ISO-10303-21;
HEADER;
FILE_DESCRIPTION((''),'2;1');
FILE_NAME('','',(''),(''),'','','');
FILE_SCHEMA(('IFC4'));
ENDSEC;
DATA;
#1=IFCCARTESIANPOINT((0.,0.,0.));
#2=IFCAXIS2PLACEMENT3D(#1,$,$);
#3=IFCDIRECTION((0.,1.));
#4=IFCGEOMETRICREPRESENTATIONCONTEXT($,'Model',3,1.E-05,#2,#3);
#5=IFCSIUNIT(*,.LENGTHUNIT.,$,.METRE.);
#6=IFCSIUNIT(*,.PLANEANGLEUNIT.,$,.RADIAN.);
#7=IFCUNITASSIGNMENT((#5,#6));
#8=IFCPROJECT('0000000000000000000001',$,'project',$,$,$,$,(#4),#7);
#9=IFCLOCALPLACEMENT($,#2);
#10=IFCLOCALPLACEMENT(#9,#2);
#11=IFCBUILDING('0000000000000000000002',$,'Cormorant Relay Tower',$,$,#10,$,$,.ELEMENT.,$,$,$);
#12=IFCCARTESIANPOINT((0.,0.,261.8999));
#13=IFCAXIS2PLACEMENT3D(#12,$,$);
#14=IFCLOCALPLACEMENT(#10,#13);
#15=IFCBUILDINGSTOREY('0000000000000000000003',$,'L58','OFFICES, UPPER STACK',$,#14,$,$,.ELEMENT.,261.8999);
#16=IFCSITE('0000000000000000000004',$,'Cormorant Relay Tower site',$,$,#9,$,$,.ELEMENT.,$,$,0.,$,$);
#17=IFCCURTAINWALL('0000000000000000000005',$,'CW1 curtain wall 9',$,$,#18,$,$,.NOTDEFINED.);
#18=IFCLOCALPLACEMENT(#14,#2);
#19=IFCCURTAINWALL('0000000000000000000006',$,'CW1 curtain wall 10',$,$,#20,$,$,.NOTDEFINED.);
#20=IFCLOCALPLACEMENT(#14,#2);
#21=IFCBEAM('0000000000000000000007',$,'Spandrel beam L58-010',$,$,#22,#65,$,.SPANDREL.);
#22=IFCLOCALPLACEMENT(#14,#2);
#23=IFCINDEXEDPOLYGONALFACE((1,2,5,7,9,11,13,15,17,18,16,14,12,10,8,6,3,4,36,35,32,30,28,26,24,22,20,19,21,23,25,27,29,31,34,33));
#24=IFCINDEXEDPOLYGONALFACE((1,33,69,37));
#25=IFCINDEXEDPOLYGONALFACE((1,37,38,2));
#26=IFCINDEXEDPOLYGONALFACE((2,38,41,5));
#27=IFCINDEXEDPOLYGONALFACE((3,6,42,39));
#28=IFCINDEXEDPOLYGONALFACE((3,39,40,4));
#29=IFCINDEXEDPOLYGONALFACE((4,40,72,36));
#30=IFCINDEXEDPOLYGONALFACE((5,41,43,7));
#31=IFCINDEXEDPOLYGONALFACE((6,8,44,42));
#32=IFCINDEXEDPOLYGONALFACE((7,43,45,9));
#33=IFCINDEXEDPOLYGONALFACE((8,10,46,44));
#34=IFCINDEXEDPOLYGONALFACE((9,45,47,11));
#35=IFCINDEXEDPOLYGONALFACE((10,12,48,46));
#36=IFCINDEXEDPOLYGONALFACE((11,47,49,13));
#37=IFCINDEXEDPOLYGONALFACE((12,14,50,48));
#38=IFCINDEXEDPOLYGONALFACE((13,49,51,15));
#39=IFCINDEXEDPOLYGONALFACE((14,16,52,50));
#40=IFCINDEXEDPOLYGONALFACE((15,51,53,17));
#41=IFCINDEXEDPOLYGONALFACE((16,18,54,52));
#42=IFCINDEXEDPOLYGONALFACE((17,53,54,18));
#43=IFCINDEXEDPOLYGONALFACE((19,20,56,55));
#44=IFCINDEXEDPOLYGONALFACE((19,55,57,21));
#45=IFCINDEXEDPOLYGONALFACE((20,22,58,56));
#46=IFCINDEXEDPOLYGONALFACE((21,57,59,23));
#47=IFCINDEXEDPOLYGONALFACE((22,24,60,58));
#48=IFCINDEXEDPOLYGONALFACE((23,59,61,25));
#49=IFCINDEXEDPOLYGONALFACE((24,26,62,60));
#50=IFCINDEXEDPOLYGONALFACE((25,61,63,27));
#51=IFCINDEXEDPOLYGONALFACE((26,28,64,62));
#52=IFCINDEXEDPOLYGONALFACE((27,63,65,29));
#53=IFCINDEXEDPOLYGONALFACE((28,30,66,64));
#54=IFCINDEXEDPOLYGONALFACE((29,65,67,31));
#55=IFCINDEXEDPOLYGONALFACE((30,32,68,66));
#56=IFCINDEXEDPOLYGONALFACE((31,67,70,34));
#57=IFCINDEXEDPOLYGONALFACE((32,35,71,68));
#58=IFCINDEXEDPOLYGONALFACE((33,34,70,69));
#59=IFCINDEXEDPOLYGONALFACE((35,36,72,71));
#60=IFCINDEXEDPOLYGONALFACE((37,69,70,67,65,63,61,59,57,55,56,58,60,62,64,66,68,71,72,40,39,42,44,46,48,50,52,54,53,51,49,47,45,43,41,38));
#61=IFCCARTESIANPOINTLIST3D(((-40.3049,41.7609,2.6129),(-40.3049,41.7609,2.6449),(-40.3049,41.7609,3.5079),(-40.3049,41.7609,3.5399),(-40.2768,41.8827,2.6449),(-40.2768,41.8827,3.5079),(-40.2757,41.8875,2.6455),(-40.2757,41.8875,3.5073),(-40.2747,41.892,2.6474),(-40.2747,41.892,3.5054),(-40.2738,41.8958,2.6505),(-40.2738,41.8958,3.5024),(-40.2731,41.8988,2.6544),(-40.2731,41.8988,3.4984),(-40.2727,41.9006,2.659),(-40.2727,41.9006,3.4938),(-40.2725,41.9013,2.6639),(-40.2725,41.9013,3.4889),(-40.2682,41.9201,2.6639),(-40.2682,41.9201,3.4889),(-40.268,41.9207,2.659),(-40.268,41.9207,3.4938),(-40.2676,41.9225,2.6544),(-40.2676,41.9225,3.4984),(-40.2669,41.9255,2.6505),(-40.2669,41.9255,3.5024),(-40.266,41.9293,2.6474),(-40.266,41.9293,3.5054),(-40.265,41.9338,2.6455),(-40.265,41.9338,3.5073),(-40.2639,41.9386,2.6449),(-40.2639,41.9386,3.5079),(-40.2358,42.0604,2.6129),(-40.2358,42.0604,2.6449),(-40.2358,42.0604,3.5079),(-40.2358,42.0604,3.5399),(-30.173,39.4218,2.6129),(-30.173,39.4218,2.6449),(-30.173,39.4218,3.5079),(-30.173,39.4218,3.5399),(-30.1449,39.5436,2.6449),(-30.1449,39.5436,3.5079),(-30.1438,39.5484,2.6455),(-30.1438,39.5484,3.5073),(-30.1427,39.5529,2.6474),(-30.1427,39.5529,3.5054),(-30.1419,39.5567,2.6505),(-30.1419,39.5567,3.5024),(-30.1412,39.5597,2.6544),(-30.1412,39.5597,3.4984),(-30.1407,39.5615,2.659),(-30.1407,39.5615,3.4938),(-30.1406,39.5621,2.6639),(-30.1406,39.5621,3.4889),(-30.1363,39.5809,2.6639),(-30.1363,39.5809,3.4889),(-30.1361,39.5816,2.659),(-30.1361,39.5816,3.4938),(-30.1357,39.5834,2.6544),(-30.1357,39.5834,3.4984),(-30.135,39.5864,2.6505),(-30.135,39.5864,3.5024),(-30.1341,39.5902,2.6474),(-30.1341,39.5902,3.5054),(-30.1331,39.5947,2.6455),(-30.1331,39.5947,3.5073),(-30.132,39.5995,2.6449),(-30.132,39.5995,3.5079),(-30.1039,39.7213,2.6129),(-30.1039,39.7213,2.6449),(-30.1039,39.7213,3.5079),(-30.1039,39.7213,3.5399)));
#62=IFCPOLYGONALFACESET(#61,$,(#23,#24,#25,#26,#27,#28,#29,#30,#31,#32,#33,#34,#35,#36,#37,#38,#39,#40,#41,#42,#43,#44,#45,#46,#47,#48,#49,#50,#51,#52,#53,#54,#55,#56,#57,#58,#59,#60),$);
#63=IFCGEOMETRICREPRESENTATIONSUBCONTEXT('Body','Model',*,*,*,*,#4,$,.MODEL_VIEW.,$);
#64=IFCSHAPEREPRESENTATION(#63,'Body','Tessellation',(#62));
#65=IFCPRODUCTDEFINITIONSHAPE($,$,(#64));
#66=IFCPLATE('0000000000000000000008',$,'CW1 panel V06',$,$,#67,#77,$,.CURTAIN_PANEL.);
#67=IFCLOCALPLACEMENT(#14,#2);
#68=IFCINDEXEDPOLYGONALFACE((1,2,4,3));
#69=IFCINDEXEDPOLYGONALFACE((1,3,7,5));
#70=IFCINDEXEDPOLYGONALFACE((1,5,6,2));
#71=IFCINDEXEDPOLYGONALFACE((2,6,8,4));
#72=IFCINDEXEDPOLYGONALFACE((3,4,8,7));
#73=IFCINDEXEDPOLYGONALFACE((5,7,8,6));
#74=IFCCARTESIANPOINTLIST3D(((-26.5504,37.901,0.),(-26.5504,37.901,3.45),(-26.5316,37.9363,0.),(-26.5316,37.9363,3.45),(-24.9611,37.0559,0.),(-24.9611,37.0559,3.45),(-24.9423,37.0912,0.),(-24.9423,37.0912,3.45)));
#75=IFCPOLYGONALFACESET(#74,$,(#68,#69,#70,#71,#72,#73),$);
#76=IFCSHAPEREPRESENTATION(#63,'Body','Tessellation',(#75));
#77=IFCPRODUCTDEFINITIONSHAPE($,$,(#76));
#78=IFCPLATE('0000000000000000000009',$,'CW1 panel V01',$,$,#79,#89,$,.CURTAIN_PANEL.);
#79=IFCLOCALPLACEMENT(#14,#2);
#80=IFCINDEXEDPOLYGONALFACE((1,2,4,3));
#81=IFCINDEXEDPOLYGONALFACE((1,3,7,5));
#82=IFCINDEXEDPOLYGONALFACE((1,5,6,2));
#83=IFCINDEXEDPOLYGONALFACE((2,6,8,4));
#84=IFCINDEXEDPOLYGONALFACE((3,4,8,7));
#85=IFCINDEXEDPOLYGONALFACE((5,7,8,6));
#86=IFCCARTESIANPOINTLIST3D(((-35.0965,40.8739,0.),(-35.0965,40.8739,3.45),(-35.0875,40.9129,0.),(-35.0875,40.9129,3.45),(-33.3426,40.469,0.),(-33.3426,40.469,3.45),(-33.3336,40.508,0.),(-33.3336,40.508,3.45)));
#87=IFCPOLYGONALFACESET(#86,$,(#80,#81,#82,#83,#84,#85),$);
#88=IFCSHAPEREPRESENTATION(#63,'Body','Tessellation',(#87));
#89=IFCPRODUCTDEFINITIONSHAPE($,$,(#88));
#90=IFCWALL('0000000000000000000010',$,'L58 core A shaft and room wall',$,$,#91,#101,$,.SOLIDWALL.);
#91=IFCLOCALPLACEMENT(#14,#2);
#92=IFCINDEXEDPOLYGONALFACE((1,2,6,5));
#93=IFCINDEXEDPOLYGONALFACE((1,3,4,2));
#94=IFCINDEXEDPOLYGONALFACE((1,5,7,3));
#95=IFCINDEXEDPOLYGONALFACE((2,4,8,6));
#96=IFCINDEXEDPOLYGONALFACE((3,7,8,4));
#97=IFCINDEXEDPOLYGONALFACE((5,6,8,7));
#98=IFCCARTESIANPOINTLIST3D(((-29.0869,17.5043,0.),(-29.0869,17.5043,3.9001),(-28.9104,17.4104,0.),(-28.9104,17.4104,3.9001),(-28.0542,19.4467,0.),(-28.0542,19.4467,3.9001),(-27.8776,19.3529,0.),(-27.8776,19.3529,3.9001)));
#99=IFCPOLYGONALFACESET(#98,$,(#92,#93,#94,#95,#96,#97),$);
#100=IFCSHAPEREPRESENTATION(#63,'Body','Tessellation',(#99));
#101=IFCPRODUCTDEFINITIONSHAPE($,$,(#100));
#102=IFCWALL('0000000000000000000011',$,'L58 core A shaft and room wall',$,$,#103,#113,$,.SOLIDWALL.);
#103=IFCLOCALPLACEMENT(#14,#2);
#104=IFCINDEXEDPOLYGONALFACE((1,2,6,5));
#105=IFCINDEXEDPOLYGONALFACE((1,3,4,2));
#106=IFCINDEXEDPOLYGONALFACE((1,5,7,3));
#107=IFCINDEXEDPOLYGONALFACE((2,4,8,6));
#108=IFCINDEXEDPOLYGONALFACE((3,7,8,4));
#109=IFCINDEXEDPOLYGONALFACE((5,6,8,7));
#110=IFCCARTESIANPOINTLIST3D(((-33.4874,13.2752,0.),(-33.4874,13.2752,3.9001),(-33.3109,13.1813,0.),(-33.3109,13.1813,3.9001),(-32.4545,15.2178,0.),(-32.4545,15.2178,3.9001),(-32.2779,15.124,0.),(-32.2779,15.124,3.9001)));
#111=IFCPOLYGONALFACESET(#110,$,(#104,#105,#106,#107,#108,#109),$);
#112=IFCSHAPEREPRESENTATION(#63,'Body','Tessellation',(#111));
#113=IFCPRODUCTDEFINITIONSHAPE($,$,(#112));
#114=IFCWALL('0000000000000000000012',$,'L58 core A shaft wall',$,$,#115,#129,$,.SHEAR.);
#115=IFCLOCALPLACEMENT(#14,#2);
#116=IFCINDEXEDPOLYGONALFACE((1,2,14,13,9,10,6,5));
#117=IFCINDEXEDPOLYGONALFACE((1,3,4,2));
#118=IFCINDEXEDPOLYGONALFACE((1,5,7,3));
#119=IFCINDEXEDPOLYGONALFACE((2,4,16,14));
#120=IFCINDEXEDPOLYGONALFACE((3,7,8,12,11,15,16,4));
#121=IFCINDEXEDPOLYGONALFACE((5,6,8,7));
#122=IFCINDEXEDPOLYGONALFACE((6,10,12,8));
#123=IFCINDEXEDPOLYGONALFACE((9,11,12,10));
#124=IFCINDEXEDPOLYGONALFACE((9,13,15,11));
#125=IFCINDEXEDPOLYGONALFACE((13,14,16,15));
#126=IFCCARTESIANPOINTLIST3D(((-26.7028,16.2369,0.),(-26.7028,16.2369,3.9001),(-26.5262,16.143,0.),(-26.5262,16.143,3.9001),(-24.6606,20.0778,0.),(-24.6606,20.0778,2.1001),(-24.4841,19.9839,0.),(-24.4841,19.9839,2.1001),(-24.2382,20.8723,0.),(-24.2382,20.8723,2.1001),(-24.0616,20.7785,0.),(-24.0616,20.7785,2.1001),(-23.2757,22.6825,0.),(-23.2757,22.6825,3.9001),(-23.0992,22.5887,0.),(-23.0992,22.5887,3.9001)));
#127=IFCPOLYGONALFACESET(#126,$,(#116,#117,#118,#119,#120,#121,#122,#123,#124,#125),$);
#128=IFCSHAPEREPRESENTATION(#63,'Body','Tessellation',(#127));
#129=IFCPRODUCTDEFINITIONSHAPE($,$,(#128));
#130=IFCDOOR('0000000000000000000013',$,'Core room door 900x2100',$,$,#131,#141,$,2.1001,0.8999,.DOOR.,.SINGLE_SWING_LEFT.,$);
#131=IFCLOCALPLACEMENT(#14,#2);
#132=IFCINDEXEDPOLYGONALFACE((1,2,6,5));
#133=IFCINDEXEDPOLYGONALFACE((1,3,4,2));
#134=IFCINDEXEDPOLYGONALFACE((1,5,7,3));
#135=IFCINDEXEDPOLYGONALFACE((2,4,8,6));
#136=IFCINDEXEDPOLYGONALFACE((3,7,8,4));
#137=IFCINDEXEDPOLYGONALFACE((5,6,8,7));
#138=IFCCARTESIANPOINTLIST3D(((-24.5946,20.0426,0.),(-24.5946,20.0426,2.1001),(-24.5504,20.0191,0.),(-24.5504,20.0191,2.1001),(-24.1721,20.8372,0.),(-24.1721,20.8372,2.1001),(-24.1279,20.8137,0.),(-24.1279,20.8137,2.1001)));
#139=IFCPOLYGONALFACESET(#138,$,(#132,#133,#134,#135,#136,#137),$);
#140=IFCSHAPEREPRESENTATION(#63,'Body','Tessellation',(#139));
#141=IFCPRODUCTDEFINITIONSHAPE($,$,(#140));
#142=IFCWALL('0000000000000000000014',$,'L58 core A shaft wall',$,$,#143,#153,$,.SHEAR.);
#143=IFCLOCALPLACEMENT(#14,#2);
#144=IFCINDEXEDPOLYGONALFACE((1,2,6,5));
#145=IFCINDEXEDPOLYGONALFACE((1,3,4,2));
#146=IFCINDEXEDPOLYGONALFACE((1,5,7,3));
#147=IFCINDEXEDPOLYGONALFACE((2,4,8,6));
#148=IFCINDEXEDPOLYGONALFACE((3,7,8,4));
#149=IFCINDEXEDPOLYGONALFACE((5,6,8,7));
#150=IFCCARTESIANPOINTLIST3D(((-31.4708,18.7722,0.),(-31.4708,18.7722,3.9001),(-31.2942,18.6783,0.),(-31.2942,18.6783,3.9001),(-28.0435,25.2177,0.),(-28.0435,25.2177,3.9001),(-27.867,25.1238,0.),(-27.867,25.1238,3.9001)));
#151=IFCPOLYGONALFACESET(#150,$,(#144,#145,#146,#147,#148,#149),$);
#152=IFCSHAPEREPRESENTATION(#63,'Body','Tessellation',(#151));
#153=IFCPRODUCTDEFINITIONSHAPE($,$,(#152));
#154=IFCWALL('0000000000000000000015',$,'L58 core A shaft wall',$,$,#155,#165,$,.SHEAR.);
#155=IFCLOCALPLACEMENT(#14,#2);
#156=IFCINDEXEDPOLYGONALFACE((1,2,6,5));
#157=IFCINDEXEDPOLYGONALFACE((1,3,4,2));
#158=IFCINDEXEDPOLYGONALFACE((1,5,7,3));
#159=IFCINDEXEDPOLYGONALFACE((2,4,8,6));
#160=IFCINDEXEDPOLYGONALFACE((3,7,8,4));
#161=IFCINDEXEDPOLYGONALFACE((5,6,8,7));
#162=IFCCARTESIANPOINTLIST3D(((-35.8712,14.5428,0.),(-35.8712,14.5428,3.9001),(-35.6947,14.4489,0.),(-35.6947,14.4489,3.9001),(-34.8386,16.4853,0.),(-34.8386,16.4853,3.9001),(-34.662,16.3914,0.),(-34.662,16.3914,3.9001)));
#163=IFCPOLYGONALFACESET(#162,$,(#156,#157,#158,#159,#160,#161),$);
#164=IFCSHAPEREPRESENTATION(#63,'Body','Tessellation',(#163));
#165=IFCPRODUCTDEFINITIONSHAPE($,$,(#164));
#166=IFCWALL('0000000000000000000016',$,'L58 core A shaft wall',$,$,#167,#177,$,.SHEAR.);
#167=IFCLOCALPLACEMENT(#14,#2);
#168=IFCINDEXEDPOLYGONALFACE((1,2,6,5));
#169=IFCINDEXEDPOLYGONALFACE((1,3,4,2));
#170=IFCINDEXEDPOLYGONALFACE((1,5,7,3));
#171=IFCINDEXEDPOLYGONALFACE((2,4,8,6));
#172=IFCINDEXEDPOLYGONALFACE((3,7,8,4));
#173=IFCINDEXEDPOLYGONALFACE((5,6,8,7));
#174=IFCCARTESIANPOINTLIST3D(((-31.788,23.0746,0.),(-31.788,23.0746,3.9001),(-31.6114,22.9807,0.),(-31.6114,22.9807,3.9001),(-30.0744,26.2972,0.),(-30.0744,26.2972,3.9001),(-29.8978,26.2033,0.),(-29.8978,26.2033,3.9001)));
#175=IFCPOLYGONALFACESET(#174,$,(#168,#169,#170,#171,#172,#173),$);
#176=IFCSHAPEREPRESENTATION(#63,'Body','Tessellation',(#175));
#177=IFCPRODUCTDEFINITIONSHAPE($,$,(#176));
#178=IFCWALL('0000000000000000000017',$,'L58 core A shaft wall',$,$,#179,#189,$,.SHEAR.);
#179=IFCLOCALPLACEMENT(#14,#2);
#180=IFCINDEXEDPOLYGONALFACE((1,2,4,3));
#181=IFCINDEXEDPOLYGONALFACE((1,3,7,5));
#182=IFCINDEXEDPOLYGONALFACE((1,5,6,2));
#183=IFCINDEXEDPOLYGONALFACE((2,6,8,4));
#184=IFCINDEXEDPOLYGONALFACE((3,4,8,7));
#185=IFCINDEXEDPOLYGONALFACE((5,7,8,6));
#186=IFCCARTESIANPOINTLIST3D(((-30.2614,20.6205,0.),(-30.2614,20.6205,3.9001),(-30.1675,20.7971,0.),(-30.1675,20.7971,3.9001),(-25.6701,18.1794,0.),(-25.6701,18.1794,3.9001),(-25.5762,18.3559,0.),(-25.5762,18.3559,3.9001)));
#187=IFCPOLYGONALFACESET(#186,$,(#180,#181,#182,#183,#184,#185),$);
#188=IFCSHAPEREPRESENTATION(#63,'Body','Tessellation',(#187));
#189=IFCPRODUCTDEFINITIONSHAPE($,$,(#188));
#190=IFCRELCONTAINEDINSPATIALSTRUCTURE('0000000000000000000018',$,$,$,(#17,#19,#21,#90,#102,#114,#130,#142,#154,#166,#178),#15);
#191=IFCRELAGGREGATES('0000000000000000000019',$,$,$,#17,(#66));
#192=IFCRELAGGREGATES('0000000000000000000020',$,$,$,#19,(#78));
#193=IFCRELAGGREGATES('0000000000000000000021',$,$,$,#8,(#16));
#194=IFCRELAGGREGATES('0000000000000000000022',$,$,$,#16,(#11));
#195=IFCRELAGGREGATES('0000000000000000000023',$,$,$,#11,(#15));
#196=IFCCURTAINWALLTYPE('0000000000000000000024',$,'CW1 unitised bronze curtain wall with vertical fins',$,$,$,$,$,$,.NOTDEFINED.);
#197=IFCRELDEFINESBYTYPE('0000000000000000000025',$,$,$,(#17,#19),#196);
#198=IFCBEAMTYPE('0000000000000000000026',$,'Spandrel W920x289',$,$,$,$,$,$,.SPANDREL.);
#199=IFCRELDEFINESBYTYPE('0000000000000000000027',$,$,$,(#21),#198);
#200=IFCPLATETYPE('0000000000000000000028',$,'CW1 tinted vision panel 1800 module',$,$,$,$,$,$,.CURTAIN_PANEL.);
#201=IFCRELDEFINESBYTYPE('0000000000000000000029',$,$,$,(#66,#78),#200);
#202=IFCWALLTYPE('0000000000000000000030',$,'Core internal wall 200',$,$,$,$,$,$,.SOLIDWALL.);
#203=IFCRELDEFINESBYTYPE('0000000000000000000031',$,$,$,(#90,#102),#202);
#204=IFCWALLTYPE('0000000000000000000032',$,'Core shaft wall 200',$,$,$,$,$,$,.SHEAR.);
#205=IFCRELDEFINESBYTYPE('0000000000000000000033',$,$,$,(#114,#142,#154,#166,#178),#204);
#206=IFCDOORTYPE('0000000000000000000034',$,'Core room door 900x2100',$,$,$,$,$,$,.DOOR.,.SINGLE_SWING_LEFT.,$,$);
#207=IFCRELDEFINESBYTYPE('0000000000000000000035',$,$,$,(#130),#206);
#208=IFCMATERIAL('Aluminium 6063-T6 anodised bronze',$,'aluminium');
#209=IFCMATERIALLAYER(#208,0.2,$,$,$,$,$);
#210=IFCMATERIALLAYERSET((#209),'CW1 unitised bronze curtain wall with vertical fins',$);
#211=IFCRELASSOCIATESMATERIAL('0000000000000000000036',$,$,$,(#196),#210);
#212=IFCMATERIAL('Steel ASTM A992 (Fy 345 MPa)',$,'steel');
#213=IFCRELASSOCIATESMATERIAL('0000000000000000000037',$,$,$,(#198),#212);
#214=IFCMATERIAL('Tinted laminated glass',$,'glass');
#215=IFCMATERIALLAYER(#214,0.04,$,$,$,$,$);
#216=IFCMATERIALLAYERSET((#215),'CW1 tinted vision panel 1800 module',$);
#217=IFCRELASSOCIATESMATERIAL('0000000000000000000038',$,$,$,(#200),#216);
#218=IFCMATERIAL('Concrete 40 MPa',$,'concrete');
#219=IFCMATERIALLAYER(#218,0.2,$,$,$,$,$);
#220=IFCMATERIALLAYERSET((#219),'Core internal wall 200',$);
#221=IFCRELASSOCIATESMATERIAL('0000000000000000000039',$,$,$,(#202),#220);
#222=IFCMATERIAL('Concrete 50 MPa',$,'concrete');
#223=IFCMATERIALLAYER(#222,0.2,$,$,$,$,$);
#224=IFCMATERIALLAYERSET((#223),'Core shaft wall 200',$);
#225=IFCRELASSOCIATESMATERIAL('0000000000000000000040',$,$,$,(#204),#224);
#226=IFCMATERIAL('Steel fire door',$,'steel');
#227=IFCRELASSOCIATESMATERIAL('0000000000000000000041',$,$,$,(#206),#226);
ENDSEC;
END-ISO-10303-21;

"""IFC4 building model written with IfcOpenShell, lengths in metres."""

from ifc_helpers import new_model, si_unit, direction, frame, frame_2d, origin, origin_2d, place, context, subcontext, project, spatial, rectangle, i_section, extrude, material, layer, layer_set, material_profile, profile_set, type_object, element, fill, aggregate, save


model = new_model("IFC4")

# Units and contexts
model_context = context("Model", 3, precision=1e-05, world=origin(), true_north=direction((0.0, 1.0)))
body_context = subcontext(model_context, "Body", "Model", "MODEL_VIEW")
ifc_project = project(units=[si_unit("LENGTHUNIT", "METRE"), si_unit("PLANEANGLEUNIT", "RADIAN")], contexts=[model_context])

# Site, building, storey
site_placement = place(None, origin())
site = spatial("IfcSite", under=ifc_project, at=site_placement, Name="Cormorant Relay Tower site", CompositionType="ELEMENT", RefElevation=0.0)
building_placement = place(site_placement, origin())
building = spatial("IfcBuilding", under=site, at=building_placement, Name="Cormorant Relay Tower", CompositionType="ELEMENT")
storey_placement = place(building_placement, frame((0.0, 0.0, 261.8999)))
storey = spatial("IfcBuildingStorey", under=building, at=storey_placement, Name="L58", Description="OFFICES, UPPER STACK", CompositionType="ELEMENT", Elevation=261.8999)

# Curtain wall
ifc_material_1 = material(Name="Aluminium 6063-T6 anodised bronze", Category="aluminium")
ifc_layer_1 = layer(ifc_material_1, 0.2)
ifc_layer_set_1 = layer_set([ifc_layer_1], Name="CW1 unitised bronze curtain wall with vertical fins")
curtain_wall_type = type_object("IfcCurtainWallType", Name="CW1 unitised bronze curtain wall with vertical fins", PredefinedType="NOTDEFINED", material=ifc_layer_set_1)
curtain_wall_1_placement = place(storey_placement, origin())
curtain_wall_1 = element("IfcCurtainWall", 1, at=curtain_wall_1_placement, inside=storey, type_object=curtain_wall_type, Name="CW1 curtain wall 9", PredefinedType="NOTDEFINED")

# Curtain wall
curtain_wall_2_placement = place(storey_placement, origin())
curtain_wall_2 = element("IfcCurtainWall", 2, at=curtain_wall_2_placement, inside=storey, type_object=curtain_wall_type, Name="CW1 curtain wall 10", PredefinedType="NOTDEFINED")

# Beam
ifc_material_2 = material(Name="Steel ASTM A992 (Fy 345 MPa)", Category="steel")
ifc_material_profile_1 = material_profile(ifc_material_2, i_section(OverallWidth=0.3074, OverallDepth=0.927, WebThickness=0.0193, FlangeThickness=0.032, FilletRadius=0.019, at=origin_2d()), Name="W920x289")
ifc_profile_set_1 = profile_set([ifc_material_profile_1], Name="Steel ASTM A992 (Fy 345 MPa)")
beam_type = type_object("IfcBeamType", Name="Spandrel W920x289", PredefinedType="SPANDREL", material=ifc_profile_set_1)
beam_placement = place(storey_placement, frame((-30.1384, 39.5715, 3.0764), z_axis=(-0.97437, 0.22495, 0.0), x_axis=(-0.22495, -0.97437, 0.0)))
element("IfcBeam", 3, at=beam_placement, inside=storey, type_object=beam_type, Name="Spandrel beam L58-010", PredefinedType="SPANDREL", context=body_context, shape_type="SweptSolid", body=[
    extrude(i_section(OverallWidth=0.3074, OverallDepth=0.927, WebThickness=0.0193, FlangeThickness=0.032, FilletRadius=0.019, at=origin_2d()), origin(), (0.0, 0.0, 1.0), 10.3984),
])

# Plates
ifc_material_3 = material(Name="Tinted laminated glass", Category="glass")
ifc_layer_2 = layer(ifc_material_3, 0.04)
ifc_layer_set_2 = layer_set([ifc_layer_2], Name="CW1 tinted vision panel 1800 module")
plate_type = type_object("IfcPlateType", Name="CW1 tinted vision panel 1800 module", PredefinedType="CURTAIN_PANEL", material=ifc_layer_set_2)
plate_1_placement = place(storey_placement, frame((-25.7463, 37.4961, 0.0), z_axis=(0.0, 0.0, 1.0), x_axis=(-0.882948, 0.469472, 0.0)))
plate_1 = element("IfcPlate", 4, at=plate_1_placement, type_object=plate_type, Name="CW1 panel V06", PredefinedType="CURTAIN_PANEL", context=body_context, shape_type="SweptSolid", body=[
    extrude(rectangle(XDim=1.8, YDim=0.04, at=origin_2d()), origin(), (0.0, 0.0, 1.0), 3.45),
])
plate_2_placement = place(storey_placement, frame((-34.2151, 40.6909, 0.0), z_axis=(0.0, 0.0, 1.0), x_axis=(-0.97437, 0.224951, 0.0)))
plate_2 = element("IfcPlate", 5, at=plate_2_placement, type_object=plate_type, Name="CW1 panel V01", PredefinedType="CURTAIN_PANEL", context=body_context, shape_type="SweptSolid", body=[
    extrude(rectangle(XDim=1.8, YDim=0.04, at=origin_2d()), origin(), (0.0, 0.0, 1.0), 3.45),
])

# Walls
ifc_material_4 = material(Name="Concrete 40 MPa", Category="concrete")
ifc_layer_3 = layer(ifc_material_4, 0.2)
ifc_layer_set_3 = layer_set([ifc_layer_3], Name="Core internal wall 200")
wall_type_1 = type_object("IfcWallType", Name="Core internal wall 200", PredefinedType="SOLIDWALL", material=ifc_layer_set_3)
wall_1_placement = place(storey_placement, frame((-27.9658, 19.3999, 0.0), z_axis=(0.0, 0.0, 1.0), x_axis=(-0.469447, -0.88296, 0.0)))
element("IfcWall", 6, at=wall_1_placement, inside=storey, type_object=wall_type_1, Name="L58 core A shaft and room wall", PredefinedType="SOLIDWALL", context=body_context, shape_type="SweptSolid", body=[
    extrude(rectangle(XDim=2.2, YDim=0.2, at=frame_2d((1.1001, 0.0))), origin(), (0.0, 0.0, 1.0), 3.9001),
])
wall_2_placement = place(storey_placement, frame((-32.3662, 15.1709, 0.0), z_axis=(0.0, 0.0, 1.0), x_axis=(-0.469488, -0.882939, 0.0)))
element("IfcWall", 7, at=wall_2_placement, inside=storey, type_object=wall_type_1, Name="L58 core A shaft and room wall", PredefinedType="SOLIDWALL", context=body_context, shape_type="SweptSolid", body=[
    extrude(rectangle(XDim=2.2002, YDim=0.2, at=frame_2d((1.1001, 0.0))), origin(), (0.0, 0.0, 1.0), 3.9001),
])

# Wall, opening, door
ifc_material_5 = material(Name="Concrete 50 MPa", Category="concrete")
ifc_layer_4 = layer(ifc_material_5, 0.2)
ifc_layer_set_4 = layer_set([ifc_layer_4], Name="Core shaft wall 200")
wall_type_2 = type_object("IfcWallType", Name="Core shaft wall 200", PredefinedType="SHEAR", material=ifc_layer_set_4)
wall_3_placement = place(storey_placement, frame((-23.1875, 22.6355, 0.0), z_axis=(0.0, 0.0, 1.0), x_axis=(-0.469454, -0.882957, 0.0)))
wall_3 = element("IfcWall", 8, at=wall_3_placement, inside=storey, type_object=wall_type_2, Name="L58 core A shaft wall", PredefinedType="SHEAR", context=body_context, shape_type="SweptSolid", body=[
    extrude(rectangle(XDim=7.3, YDim=0.2, at=frame_2d((3.6499, 0.0))), origin(), (0.0, 0.0, 1.0), 3.9001),
])
opening_1_placement = place(wall_3_placement, frame((2.05, 0.0, 0.0)))
opening_1 = element("IfcOpeningElement", 9, at=opening_1_placement, cuts=wall_3, PredefinedType="OPENING", context=body_context, shape_type="SweptSolid", body=[
    extrude(rectangle(XDim=0.8999, YDim=2.1001, at=frame_2d((0.45, 1.05))), frame((0.0, 0.1099, 0.0), z_axis=(0.0, -1.0, 0.0), x_axis=(1.0, 0.0, 0.0)), (0.0, 0.0, 1.0), 0.22),
])
ifc_material_6 = material(Name="Steel fire door", Category="steel")
door_type_1 = type_object("IfcDoorType", Name="Core room door 900x2100", OperationType="SINGLE_SWING_LEFT", PredefinedType="DOOR", material=ifc_material_6)
door_1_placement = place(opening_1_placement, origin())
door_1 = element("IfcDoor", 10, at=door_1_placement, inside=storey, type_object=door_type_1, Name="Core room door 900x2100", OperationType="SINGLE_SWING_LEFT", OverallHeight=2.1001, OverallWidth=0.8999, PredefinedType="DOOR", context=body_context, shape_type="SweptSolid", body=[
    extrude(rectangle(XDim=0.8999, YDim=2.1001, at=frame_2d((0.45, 1.05))), frame((0.0, 0.0249, 0.0), z_axis=(0.0, -1.0, 0.0), x_axis=(1.0, 0.0, 0.0)), (0.0, 0.0, 1.0), 0.05),
])
fill(opening_1, door_1)

# Walls
wall_4_placement = place(storey_placement, frame((-27.9553, 25.1707, 0.0), z_axis=(0.0, 0.0, 1.0), x_axis=(-0.46948, -0.882943, 0.0)))
element("IfcWall", 11, at=wall_4_placement, inside=storey, type_object=wall_type_2, Name="L58 core A shaft wall", PredefinedType="SHEAR", context=body_context, shape_type="SweptSolid", body=[
    extrude(rectangle(XDim=7.3, YDim=0.2, at=frame_2d((3.6499, 0.0))), origin(), (0.0, 0.0, 1.0), 3.9001),
])
wall_5_placement = place(storey_placement, frame((-34.7502, 16.4385, 0.0), z_axis=(0.0, 0.0, 1.0), x_axis=(-0.469401, -0.882985, 0.0)))
element("IfcWall", 12, at=wall_5_placement, inside=storey, type_object=wall_type_2, Name="L58 core A shaft wall", PredefinedType="SHEAR", context=body_context, shape_type="SweptSolid", body=[
    extrude(rectangle(XDim=2.2, YDim=0.2, at=frame_2d((1.1001, 0.0))), origin(), (0.0, 0.0, 1.0), 3.9001),
])
wall_6_placement = place(storey_placement, frame((-29.9861, 26.2502, 0.0), z_axis=(0.0, 0.0, 1.0), x_axis=(-0.469494, -0.882936, 0.0)))
element("IfcWall", 13, at=wall_6_placement, inside=storey, type_object=wall_type_2, Name="L58 core A shaft wall", PredefinedType="SHEAR", context=body_context, shape_type="SweptSolid", body=[
    extrude(rectangle(XDim=3.6499, YDim=0.2, at=frame_2d((1.825, 0.0))), origin(), (0.0, 0.0, 1.0), 3.9001),
])

# Wall
wall_7_placement = place(storey_placement, frame((-25.623, 18.2676, 0.0), z_axis=(0.0, 0.0, 1.0), x_axis=(-0.882954, 0.46946, 0.0)))
element("IfcWall", 14, at=wall_7_placement, inside=storey, type_object=wall_type_2, Name="L58 core A shaft wall", PredefinedType="SHEAR", context=body_context, shape_type="SweptSolid", body=[
    extrude(rectangle(XDim=5.2, YDim=0.2, at=frame_2d((2.6001, 0.0))), origin(), (0.0, 0.0, 1.0), 3.9001),
])

aggregate(curtain_wall_1, [plate_1])
aggregate(curtain_wall_2, [plate_2])

save(model, "model.ifc")
